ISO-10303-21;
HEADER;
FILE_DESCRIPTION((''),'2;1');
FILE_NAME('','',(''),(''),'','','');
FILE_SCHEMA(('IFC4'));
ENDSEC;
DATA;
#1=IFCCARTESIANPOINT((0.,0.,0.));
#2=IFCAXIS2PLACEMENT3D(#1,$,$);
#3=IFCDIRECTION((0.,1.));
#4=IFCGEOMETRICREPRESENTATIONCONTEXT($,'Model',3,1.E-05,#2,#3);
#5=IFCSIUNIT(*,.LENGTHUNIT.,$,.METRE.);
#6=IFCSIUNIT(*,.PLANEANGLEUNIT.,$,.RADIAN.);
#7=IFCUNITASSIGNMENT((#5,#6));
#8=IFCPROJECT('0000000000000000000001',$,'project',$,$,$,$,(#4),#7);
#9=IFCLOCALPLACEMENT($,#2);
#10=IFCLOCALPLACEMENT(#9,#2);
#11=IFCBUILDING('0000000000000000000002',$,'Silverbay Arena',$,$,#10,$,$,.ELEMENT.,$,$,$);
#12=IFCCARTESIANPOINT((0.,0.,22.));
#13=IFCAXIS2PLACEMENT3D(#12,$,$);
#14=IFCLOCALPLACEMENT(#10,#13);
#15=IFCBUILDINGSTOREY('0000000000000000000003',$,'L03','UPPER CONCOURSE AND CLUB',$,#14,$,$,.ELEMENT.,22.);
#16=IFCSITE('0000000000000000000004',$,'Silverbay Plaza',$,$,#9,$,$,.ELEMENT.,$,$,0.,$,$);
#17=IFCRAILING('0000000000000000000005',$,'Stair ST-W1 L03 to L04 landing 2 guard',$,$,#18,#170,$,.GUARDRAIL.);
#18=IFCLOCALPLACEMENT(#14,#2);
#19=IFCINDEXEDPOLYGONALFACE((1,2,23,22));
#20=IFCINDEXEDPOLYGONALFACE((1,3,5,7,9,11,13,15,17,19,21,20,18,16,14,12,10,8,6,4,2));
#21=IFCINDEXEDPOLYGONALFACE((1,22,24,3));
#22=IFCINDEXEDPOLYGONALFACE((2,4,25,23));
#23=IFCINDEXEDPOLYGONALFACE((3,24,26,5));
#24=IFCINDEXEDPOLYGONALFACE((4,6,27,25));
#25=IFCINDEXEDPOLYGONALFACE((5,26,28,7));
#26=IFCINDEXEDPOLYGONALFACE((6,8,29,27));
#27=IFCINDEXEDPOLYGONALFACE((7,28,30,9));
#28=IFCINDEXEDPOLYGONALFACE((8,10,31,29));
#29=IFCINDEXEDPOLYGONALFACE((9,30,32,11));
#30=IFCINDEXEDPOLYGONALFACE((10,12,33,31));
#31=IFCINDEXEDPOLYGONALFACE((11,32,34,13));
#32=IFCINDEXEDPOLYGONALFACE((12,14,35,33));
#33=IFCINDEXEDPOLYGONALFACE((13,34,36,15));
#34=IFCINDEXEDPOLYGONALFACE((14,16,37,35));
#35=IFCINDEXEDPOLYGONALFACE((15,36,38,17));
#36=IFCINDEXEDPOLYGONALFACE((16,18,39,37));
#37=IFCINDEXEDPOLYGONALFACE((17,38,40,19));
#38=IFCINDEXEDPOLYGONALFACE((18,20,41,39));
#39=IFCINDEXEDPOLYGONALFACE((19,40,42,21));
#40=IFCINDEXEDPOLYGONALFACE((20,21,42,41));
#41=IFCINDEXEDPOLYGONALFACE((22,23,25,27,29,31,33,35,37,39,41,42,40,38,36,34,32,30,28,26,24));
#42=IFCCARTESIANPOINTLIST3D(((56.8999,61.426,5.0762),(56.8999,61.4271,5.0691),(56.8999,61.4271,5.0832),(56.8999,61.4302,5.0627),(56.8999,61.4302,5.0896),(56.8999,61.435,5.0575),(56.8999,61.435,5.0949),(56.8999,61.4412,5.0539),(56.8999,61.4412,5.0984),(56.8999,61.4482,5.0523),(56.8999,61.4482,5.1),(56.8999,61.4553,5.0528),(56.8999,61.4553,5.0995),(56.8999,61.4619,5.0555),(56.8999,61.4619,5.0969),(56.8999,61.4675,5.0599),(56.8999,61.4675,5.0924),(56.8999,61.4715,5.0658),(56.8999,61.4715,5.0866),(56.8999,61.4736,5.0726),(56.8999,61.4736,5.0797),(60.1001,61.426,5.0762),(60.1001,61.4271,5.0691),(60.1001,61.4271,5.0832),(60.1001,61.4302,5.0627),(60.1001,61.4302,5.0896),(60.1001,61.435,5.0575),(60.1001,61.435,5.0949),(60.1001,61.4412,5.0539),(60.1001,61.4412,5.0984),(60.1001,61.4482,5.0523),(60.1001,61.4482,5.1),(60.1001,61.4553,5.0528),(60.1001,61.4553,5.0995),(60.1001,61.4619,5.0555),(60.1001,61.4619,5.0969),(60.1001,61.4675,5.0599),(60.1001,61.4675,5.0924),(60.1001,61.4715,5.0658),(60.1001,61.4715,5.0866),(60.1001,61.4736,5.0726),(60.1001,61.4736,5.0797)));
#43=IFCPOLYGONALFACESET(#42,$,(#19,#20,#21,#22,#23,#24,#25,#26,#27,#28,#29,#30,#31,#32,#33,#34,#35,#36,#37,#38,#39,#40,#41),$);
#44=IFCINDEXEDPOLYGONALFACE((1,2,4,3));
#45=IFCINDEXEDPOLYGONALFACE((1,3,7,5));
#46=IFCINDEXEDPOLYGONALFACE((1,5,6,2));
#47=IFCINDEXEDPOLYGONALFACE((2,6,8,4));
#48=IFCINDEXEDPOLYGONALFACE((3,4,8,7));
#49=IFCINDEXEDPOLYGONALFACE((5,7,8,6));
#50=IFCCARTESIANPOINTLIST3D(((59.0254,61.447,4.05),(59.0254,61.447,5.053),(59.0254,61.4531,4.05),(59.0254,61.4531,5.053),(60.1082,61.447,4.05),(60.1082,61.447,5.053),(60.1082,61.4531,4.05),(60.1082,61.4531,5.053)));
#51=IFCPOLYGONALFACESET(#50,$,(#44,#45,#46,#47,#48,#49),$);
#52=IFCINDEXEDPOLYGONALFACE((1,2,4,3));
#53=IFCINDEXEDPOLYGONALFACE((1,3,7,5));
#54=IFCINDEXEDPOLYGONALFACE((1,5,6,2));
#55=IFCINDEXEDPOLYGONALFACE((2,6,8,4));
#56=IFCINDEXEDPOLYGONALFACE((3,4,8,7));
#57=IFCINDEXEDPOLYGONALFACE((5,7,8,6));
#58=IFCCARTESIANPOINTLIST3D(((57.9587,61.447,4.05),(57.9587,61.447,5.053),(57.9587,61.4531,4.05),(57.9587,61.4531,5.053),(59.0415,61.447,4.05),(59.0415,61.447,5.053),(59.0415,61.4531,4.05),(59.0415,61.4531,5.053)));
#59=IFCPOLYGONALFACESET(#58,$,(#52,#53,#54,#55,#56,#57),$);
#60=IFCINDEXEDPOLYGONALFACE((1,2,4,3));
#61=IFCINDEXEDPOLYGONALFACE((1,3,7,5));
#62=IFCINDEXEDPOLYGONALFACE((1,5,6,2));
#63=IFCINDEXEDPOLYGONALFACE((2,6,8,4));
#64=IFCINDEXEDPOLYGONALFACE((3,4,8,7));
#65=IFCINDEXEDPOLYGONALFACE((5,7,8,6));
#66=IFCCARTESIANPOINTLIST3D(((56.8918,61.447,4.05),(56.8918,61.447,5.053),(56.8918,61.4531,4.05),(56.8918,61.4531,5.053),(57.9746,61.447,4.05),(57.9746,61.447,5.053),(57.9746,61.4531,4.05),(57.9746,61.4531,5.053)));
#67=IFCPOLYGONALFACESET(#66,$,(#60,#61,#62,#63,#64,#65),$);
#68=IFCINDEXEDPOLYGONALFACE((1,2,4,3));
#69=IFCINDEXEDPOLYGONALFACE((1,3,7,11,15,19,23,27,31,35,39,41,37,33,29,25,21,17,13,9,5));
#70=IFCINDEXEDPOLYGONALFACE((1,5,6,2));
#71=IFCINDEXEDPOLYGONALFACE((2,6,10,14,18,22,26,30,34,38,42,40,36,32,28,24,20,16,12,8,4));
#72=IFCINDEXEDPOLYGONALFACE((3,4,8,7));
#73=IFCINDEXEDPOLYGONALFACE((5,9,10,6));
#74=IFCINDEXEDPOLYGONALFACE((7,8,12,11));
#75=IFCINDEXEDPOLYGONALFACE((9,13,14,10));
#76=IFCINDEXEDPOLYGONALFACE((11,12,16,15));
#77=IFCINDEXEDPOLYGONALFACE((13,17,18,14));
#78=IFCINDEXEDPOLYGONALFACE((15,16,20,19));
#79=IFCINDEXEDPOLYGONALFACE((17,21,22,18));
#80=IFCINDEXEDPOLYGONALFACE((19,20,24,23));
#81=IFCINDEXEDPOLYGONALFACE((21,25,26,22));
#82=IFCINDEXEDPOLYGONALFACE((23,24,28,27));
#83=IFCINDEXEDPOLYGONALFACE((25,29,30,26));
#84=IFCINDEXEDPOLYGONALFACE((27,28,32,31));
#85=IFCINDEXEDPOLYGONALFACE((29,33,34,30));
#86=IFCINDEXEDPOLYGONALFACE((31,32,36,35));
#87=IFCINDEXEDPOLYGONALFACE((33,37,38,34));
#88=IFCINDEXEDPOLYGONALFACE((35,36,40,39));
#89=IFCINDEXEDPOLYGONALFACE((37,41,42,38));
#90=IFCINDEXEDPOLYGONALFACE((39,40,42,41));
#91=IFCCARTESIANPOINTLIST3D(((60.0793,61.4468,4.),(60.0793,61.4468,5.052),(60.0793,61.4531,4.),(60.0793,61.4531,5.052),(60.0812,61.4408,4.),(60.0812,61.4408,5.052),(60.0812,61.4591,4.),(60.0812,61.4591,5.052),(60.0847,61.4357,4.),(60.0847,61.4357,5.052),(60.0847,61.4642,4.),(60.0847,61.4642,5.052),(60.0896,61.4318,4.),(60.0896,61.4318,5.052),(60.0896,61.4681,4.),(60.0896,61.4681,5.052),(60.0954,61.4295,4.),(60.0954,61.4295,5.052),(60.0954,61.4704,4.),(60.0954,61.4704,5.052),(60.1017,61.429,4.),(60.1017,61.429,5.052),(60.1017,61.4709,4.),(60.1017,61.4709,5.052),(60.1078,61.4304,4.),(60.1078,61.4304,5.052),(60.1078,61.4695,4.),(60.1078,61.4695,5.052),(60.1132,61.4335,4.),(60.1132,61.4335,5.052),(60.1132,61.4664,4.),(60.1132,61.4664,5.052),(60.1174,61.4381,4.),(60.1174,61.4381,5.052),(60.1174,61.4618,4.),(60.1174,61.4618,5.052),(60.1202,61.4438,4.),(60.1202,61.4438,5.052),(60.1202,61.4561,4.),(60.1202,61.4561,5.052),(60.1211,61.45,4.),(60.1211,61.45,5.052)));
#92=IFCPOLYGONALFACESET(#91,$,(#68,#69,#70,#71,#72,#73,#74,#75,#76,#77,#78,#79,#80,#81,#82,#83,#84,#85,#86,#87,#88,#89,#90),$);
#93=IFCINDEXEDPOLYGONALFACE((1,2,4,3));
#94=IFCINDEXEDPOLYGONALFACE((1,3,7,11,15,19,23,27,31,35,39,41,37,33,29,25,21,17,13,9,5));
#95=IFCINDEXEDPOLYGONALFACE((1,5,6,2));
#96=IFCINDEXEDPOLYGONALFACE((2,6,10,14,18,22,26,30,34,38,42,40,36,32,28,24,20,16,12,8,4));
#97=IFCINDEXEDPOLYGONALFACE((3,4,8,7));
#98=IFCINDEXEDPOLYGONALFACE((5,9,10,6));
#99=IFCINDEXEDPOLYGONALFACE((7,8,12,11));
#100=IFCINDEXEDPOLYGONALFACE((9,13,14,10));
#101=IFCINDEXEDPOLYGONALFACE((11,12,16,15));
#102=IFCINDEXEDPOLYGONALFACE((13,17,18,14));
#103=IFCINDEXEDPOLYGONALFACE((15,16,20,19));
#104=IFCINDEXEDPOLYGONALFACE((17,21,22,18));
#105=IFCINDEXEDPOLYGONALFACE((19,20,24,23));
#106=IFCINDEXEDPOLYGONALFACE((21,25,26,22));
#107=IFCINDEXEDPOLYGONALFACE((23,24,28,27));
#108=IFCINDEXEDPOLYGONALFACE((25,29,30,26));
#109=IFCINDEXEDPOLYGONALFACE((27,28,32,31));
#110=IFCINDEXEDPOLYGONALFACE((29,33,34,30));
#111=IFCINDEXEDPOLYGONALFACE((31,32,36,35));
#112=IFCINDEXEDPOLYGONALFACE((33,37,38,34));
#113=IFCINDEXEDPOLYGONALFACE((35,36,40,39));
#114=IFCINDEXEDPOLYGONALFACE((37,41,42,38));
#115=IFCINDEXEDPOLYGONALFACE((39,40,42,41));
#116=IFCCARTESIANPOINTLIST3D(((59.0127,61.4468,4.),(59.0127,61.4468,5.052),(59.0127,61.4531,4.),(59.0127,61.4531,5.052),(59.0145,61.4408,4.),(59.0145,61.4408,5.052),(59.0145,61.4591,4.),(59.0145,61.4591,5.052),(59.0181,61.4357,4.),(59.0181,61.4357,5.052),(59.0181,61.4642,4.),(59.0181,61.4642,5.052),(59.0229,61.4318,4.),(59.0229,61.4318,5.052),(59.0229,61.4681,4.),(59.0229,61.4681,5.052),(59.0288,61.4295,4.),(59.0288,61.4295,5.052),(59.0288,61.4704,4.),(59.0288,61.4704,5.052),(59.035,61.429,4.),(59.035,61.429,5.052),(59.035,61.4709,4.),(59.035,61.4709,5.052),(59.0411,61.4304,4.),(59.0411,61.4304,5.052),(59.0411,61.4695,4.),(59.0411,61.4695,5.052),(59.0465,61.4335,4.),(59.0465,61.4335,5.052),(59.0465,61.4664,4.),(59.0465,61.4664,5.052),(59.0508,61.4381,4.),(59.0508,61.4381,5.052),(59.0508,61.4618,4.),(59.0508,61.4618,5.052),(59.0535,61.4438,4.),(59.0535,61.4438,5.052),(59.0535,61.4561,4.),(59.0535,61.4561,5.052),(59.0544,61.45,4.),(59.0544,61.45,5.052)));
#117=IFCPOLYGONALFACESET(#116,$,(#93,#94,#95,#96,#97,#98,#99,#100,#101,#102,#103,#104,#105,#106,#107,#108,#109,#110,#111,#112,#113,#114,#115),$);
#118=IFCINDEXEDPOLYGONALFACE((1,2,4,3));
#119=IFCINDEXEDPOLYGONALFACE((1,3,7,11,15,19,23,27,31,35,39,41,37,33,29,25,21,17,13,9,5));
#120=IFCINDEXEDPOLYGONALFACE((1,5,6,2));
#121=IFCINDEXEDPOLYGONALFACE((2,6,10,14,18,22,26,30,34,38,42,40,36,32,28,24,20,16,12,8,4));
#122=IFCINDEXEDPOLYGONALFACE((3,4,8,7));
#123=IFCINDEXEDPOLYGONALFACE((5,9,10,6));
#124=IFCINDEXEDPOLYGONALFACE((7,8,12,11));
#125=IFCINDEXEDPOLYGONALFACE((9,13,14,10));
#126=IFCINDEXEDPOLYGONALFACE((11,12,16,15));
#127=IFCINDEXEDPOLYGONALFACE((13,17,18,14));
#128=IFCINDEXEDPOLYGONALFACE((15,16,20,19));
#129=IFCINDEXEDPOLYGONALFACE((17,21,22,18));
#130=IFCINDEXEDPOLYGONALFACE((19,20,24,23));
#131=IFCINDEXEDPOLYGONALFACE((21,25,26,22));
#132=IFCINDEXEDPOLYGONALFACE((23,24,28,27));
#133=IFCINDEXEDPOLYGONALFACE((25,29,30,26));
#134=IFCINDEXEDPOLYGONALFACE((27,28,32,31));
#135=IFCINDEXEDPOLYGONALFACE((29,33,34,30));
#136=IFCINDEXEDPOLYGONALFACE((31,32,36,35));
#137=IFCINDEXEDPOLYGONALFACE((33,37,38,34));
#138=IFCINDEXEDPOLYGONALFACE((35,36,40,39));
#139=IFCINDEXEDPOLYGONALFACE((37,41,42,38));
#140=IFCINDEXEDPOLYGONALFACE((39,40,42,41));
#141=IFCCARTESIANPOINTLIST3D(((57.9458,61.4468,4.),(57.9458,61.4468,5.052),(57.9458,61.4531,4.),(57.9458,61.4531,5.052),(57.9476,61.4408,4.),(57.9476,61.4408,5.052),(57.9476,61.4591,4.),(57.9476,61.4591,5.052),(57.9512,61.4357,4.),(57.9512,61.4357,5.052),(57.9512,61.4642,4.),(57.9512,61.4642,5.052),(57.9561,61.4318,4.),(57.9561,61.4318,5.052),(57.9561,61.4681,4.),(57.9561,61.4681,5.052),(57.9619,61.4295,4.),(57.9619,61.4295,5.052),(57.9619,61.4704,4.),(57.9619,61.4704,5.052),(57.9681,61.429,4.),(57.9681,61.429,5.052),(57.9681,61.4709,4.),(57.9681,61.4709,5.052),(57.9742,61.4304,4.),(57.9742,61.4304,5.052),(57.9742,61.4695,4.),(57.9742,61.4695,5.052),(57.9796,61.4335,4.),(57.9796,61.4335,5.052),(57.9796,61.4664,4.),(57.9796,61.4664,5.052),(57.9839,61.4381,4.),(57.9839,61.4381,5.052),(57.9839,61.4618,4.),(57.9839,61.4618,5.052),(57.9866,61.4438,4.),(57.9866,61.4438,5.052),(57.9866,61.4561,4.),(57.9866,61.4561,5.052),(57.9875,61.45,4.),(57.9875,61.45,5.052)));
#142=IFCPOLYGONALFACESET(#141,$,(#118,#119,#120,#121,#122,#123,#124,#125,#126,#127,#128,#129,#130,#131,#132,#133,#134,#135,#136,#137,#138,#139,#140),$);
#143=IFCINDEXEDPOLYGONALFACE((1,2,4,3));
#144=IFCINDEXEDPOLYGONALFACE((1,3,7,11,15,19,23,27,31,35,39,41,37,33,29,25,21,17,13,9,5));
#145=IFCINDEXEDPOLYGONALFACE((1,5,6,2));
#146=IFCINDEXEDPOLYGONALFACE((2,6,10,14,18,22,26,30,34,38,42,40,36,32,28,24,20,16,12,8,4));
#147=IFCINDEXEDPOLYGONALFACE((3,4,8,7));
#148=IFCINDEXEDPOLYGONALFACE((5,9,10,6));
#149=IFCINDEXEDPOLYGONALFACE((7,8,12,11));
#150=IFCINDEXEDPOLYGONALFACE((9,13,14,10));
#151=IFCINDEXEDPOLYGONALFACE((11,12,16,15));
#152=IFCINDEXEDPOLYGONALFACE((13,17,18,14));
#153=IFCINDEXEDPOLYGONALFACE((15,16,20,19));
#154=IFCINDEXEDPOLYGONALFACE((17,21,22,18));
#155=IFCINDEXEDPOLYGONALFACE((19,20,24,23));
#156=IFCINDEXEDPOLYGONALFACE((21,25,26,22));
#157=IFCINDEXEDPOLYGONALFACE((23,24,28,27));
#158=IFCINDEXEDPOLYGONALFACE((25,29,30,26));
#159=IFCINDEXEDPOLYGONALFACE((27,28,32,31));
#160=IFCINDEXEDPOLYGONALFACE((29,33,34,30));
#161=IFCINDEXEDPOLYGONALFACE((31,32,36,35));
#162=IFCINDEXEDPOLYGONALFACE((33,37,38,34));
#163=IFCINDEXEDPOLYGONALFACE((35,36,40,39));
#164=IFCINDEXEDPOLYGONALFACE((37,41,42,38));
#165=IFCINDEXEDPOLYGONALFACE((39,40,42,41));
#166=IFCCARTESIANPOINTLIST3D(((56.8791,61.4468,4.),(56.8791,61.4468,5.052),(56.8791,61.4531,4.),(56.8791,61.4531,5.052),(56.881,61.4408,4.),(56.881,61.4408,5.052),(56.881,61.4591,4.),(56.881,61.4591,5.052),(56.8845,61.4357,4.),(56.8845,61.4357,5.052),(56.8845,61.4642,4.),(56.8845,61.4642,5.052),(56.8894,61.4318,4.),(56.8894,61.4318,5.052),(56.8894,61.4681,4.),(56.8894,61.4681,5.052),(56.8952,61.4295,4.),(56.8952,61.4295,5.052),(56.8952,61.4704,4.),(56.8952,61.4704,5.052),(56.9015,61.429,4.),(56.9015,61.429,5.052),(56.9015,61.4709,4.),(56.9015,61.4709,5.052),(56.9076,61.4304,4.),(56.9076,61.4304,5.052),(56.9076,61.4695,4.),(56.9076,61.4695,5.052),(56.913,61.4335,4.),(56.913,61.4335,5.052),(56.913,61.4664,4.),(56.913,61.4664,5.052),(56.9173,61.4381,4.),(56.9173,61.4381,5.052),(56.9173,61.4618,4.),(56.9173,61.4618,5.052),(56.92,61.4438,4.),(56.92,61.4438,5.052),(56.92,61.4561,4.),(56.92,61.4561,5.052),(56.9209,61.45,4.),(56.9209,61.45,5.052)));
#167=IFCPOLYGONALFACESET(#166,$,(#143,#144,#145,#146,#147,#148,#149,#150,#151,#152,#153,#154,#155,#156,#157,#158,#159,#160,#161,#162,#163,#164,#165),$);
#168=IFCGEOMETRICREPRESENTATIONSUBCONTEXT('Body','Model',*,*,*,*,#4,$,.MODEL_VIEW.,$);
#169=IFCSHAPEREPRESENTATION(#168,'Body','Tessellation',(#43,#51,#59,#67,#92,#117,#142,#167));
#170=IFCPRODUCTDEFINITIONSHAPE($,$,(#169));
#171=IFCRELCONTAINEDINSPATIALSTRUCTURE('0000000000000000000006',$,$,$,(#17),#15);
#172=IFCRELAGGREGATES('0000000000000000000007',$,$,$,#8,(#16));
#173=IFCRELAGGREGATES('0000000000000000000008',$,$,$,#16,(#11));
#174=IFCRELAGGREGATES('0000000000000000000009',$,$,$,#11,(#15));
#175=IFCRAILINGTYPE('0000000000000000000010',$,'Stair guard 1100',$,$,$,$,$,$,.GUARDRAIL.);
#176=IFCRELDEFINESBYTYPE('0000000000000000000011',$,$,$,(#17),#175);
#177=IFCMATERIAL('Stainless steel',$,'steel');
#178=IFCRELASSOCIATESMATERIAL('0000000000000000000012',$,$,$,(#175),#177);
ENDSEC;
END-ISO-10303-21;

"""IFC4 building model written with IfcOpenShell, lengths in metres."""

from ifc_helpers import new_model, si_unit, direction, frame, origin, origin_2d, place, context, subcontext, project, spatial, polyline, circle, outline, extrude, material, type_object, element, save


model = new_model("IFC4")

# Units and contexts
model_context = context("Model", 3, precision=1e-05, world=origin(), true_north=direction((0.0, 1.0)))
body_context = subcontext(model_context, "Body", "Model", "MODEL_VIEW")
ifc_project = project(units=[si_unit("LENGTHUNIT", "METRE"), si_unit("PLANEANGLEUNIT", "RADIAN")], contexts=[model_context])

# Site, building, storey
site_placement = place(None, origin())
site = spatial("IfcSite", under=ifc_project, at=site_placement, Name="Silverbay Plaza", CompositionType="ELEMENT", RefElevation=0.0)
building_placement = place(site_placement, origin())
building = spatial("IfcBuilding", under=site, at=building_placement, Name="Silverbay Arena", CompositionType="ELEMENT")
storey_placement = place(building_placement, frame((0.0, 0.0, 22.0)))
storey = spatial("IfcBuildingStorey", under=building, at=storey_placement, Name="L03", Description="UPPER CONCOURSE AND CLUB", CompositionType="ELEMENT", Elevation=22.0)

# Railing
ifc_material_1 = material(Name="Stainless steel", Category="steel")
railing_type_1 = type_object("IfcRailingType", Name="Stair guard 1100", PredefinedType="GUARDRAIL", material=ifc_material_1)
for number, where, name in (
    (1, (60.1001, 61.45, 4.0), "Stair ST-W1 L03 to L04 landing 2 guard"),
):
    element("IfcRailing", number, at=place(storey_placement, frame(where)), inside=storey, type_object=railing_type_1, Name=name, PredefinedType="GUARDRAIL", context=body_context, shape_type="SweptSolid", body=[
        extrude(circle(Radius=0.0239, at=origin_2d()), frame((0.0, 0.0, 1.0762), z_axis=(-1.0, 0.0, 0.0), x_axis=(0.0, -1.0, 0.0)), (0.0, 0.0, 1.0), 3.2002),
        extrude(outline(polyline([(-0.0081, 0.05), (1.0747, 0.05), (1.0747, 1.053), (-0.0081, 1.053), (-0.0081, 0.05)])), frame((0.0, -0.0029, 0.0), z_axis=(0.0, 1.0, 0.0), x_axis=(-1.0, 0.0, 0.0)), (0.0, 0.0, 1.0), 0.0061),
        extrude(outline(polyline([(-0.0081, 0.05), (1.0747, 0.05), (1.0747, 1.053), (-0.0081, 1.053), (-0.0081, 0.05)])), frame((-1.0667, -0.0029, 0.0), z_axis=(0.0, 1.0, 0.0), x_axis=(-1.0, 0.0, 0.0)), (0.0, 0.0, 1.0), 0.0061),
        extrude(outline(polyline([(-0.0081, 0.05), (1.0747, 0.05), (1.0747, 1.053), (-0.0081, 1.053), (-0.0081, 0.05)])), frame((-2.1335, -0.0029, 0.0), z_axis=(0.0, 1.0, 0.0), x_axis=(-1.0, 0.0, 0.0)), (0.0, 0.0, 1.0), 0.0061),
        extrude(circle(Radius=0.021, at=origin_2d()), origin(), (0.0, 0.0, 1.0), 1.052),
        extrude(circle(Radius=0.021, at=origin_2d()), frame((-1.0667, 0.0, 0.0)), (0.0, 0.0, 1.0), 1.052),
        extrude(circle(Radius=0.021, at=origin_2d()), frame((-2.1335, 0.0, 0.0)), (0.0, 0.0, 1.0), 1.052),
        extrude(circle(Radius=0.021, at=origin_2d()), frame((-3.2002, 0.0, 0.0)), (0.0, 0.0, 1.0), 1.052),
    ])

save(model, "model.ifc")
